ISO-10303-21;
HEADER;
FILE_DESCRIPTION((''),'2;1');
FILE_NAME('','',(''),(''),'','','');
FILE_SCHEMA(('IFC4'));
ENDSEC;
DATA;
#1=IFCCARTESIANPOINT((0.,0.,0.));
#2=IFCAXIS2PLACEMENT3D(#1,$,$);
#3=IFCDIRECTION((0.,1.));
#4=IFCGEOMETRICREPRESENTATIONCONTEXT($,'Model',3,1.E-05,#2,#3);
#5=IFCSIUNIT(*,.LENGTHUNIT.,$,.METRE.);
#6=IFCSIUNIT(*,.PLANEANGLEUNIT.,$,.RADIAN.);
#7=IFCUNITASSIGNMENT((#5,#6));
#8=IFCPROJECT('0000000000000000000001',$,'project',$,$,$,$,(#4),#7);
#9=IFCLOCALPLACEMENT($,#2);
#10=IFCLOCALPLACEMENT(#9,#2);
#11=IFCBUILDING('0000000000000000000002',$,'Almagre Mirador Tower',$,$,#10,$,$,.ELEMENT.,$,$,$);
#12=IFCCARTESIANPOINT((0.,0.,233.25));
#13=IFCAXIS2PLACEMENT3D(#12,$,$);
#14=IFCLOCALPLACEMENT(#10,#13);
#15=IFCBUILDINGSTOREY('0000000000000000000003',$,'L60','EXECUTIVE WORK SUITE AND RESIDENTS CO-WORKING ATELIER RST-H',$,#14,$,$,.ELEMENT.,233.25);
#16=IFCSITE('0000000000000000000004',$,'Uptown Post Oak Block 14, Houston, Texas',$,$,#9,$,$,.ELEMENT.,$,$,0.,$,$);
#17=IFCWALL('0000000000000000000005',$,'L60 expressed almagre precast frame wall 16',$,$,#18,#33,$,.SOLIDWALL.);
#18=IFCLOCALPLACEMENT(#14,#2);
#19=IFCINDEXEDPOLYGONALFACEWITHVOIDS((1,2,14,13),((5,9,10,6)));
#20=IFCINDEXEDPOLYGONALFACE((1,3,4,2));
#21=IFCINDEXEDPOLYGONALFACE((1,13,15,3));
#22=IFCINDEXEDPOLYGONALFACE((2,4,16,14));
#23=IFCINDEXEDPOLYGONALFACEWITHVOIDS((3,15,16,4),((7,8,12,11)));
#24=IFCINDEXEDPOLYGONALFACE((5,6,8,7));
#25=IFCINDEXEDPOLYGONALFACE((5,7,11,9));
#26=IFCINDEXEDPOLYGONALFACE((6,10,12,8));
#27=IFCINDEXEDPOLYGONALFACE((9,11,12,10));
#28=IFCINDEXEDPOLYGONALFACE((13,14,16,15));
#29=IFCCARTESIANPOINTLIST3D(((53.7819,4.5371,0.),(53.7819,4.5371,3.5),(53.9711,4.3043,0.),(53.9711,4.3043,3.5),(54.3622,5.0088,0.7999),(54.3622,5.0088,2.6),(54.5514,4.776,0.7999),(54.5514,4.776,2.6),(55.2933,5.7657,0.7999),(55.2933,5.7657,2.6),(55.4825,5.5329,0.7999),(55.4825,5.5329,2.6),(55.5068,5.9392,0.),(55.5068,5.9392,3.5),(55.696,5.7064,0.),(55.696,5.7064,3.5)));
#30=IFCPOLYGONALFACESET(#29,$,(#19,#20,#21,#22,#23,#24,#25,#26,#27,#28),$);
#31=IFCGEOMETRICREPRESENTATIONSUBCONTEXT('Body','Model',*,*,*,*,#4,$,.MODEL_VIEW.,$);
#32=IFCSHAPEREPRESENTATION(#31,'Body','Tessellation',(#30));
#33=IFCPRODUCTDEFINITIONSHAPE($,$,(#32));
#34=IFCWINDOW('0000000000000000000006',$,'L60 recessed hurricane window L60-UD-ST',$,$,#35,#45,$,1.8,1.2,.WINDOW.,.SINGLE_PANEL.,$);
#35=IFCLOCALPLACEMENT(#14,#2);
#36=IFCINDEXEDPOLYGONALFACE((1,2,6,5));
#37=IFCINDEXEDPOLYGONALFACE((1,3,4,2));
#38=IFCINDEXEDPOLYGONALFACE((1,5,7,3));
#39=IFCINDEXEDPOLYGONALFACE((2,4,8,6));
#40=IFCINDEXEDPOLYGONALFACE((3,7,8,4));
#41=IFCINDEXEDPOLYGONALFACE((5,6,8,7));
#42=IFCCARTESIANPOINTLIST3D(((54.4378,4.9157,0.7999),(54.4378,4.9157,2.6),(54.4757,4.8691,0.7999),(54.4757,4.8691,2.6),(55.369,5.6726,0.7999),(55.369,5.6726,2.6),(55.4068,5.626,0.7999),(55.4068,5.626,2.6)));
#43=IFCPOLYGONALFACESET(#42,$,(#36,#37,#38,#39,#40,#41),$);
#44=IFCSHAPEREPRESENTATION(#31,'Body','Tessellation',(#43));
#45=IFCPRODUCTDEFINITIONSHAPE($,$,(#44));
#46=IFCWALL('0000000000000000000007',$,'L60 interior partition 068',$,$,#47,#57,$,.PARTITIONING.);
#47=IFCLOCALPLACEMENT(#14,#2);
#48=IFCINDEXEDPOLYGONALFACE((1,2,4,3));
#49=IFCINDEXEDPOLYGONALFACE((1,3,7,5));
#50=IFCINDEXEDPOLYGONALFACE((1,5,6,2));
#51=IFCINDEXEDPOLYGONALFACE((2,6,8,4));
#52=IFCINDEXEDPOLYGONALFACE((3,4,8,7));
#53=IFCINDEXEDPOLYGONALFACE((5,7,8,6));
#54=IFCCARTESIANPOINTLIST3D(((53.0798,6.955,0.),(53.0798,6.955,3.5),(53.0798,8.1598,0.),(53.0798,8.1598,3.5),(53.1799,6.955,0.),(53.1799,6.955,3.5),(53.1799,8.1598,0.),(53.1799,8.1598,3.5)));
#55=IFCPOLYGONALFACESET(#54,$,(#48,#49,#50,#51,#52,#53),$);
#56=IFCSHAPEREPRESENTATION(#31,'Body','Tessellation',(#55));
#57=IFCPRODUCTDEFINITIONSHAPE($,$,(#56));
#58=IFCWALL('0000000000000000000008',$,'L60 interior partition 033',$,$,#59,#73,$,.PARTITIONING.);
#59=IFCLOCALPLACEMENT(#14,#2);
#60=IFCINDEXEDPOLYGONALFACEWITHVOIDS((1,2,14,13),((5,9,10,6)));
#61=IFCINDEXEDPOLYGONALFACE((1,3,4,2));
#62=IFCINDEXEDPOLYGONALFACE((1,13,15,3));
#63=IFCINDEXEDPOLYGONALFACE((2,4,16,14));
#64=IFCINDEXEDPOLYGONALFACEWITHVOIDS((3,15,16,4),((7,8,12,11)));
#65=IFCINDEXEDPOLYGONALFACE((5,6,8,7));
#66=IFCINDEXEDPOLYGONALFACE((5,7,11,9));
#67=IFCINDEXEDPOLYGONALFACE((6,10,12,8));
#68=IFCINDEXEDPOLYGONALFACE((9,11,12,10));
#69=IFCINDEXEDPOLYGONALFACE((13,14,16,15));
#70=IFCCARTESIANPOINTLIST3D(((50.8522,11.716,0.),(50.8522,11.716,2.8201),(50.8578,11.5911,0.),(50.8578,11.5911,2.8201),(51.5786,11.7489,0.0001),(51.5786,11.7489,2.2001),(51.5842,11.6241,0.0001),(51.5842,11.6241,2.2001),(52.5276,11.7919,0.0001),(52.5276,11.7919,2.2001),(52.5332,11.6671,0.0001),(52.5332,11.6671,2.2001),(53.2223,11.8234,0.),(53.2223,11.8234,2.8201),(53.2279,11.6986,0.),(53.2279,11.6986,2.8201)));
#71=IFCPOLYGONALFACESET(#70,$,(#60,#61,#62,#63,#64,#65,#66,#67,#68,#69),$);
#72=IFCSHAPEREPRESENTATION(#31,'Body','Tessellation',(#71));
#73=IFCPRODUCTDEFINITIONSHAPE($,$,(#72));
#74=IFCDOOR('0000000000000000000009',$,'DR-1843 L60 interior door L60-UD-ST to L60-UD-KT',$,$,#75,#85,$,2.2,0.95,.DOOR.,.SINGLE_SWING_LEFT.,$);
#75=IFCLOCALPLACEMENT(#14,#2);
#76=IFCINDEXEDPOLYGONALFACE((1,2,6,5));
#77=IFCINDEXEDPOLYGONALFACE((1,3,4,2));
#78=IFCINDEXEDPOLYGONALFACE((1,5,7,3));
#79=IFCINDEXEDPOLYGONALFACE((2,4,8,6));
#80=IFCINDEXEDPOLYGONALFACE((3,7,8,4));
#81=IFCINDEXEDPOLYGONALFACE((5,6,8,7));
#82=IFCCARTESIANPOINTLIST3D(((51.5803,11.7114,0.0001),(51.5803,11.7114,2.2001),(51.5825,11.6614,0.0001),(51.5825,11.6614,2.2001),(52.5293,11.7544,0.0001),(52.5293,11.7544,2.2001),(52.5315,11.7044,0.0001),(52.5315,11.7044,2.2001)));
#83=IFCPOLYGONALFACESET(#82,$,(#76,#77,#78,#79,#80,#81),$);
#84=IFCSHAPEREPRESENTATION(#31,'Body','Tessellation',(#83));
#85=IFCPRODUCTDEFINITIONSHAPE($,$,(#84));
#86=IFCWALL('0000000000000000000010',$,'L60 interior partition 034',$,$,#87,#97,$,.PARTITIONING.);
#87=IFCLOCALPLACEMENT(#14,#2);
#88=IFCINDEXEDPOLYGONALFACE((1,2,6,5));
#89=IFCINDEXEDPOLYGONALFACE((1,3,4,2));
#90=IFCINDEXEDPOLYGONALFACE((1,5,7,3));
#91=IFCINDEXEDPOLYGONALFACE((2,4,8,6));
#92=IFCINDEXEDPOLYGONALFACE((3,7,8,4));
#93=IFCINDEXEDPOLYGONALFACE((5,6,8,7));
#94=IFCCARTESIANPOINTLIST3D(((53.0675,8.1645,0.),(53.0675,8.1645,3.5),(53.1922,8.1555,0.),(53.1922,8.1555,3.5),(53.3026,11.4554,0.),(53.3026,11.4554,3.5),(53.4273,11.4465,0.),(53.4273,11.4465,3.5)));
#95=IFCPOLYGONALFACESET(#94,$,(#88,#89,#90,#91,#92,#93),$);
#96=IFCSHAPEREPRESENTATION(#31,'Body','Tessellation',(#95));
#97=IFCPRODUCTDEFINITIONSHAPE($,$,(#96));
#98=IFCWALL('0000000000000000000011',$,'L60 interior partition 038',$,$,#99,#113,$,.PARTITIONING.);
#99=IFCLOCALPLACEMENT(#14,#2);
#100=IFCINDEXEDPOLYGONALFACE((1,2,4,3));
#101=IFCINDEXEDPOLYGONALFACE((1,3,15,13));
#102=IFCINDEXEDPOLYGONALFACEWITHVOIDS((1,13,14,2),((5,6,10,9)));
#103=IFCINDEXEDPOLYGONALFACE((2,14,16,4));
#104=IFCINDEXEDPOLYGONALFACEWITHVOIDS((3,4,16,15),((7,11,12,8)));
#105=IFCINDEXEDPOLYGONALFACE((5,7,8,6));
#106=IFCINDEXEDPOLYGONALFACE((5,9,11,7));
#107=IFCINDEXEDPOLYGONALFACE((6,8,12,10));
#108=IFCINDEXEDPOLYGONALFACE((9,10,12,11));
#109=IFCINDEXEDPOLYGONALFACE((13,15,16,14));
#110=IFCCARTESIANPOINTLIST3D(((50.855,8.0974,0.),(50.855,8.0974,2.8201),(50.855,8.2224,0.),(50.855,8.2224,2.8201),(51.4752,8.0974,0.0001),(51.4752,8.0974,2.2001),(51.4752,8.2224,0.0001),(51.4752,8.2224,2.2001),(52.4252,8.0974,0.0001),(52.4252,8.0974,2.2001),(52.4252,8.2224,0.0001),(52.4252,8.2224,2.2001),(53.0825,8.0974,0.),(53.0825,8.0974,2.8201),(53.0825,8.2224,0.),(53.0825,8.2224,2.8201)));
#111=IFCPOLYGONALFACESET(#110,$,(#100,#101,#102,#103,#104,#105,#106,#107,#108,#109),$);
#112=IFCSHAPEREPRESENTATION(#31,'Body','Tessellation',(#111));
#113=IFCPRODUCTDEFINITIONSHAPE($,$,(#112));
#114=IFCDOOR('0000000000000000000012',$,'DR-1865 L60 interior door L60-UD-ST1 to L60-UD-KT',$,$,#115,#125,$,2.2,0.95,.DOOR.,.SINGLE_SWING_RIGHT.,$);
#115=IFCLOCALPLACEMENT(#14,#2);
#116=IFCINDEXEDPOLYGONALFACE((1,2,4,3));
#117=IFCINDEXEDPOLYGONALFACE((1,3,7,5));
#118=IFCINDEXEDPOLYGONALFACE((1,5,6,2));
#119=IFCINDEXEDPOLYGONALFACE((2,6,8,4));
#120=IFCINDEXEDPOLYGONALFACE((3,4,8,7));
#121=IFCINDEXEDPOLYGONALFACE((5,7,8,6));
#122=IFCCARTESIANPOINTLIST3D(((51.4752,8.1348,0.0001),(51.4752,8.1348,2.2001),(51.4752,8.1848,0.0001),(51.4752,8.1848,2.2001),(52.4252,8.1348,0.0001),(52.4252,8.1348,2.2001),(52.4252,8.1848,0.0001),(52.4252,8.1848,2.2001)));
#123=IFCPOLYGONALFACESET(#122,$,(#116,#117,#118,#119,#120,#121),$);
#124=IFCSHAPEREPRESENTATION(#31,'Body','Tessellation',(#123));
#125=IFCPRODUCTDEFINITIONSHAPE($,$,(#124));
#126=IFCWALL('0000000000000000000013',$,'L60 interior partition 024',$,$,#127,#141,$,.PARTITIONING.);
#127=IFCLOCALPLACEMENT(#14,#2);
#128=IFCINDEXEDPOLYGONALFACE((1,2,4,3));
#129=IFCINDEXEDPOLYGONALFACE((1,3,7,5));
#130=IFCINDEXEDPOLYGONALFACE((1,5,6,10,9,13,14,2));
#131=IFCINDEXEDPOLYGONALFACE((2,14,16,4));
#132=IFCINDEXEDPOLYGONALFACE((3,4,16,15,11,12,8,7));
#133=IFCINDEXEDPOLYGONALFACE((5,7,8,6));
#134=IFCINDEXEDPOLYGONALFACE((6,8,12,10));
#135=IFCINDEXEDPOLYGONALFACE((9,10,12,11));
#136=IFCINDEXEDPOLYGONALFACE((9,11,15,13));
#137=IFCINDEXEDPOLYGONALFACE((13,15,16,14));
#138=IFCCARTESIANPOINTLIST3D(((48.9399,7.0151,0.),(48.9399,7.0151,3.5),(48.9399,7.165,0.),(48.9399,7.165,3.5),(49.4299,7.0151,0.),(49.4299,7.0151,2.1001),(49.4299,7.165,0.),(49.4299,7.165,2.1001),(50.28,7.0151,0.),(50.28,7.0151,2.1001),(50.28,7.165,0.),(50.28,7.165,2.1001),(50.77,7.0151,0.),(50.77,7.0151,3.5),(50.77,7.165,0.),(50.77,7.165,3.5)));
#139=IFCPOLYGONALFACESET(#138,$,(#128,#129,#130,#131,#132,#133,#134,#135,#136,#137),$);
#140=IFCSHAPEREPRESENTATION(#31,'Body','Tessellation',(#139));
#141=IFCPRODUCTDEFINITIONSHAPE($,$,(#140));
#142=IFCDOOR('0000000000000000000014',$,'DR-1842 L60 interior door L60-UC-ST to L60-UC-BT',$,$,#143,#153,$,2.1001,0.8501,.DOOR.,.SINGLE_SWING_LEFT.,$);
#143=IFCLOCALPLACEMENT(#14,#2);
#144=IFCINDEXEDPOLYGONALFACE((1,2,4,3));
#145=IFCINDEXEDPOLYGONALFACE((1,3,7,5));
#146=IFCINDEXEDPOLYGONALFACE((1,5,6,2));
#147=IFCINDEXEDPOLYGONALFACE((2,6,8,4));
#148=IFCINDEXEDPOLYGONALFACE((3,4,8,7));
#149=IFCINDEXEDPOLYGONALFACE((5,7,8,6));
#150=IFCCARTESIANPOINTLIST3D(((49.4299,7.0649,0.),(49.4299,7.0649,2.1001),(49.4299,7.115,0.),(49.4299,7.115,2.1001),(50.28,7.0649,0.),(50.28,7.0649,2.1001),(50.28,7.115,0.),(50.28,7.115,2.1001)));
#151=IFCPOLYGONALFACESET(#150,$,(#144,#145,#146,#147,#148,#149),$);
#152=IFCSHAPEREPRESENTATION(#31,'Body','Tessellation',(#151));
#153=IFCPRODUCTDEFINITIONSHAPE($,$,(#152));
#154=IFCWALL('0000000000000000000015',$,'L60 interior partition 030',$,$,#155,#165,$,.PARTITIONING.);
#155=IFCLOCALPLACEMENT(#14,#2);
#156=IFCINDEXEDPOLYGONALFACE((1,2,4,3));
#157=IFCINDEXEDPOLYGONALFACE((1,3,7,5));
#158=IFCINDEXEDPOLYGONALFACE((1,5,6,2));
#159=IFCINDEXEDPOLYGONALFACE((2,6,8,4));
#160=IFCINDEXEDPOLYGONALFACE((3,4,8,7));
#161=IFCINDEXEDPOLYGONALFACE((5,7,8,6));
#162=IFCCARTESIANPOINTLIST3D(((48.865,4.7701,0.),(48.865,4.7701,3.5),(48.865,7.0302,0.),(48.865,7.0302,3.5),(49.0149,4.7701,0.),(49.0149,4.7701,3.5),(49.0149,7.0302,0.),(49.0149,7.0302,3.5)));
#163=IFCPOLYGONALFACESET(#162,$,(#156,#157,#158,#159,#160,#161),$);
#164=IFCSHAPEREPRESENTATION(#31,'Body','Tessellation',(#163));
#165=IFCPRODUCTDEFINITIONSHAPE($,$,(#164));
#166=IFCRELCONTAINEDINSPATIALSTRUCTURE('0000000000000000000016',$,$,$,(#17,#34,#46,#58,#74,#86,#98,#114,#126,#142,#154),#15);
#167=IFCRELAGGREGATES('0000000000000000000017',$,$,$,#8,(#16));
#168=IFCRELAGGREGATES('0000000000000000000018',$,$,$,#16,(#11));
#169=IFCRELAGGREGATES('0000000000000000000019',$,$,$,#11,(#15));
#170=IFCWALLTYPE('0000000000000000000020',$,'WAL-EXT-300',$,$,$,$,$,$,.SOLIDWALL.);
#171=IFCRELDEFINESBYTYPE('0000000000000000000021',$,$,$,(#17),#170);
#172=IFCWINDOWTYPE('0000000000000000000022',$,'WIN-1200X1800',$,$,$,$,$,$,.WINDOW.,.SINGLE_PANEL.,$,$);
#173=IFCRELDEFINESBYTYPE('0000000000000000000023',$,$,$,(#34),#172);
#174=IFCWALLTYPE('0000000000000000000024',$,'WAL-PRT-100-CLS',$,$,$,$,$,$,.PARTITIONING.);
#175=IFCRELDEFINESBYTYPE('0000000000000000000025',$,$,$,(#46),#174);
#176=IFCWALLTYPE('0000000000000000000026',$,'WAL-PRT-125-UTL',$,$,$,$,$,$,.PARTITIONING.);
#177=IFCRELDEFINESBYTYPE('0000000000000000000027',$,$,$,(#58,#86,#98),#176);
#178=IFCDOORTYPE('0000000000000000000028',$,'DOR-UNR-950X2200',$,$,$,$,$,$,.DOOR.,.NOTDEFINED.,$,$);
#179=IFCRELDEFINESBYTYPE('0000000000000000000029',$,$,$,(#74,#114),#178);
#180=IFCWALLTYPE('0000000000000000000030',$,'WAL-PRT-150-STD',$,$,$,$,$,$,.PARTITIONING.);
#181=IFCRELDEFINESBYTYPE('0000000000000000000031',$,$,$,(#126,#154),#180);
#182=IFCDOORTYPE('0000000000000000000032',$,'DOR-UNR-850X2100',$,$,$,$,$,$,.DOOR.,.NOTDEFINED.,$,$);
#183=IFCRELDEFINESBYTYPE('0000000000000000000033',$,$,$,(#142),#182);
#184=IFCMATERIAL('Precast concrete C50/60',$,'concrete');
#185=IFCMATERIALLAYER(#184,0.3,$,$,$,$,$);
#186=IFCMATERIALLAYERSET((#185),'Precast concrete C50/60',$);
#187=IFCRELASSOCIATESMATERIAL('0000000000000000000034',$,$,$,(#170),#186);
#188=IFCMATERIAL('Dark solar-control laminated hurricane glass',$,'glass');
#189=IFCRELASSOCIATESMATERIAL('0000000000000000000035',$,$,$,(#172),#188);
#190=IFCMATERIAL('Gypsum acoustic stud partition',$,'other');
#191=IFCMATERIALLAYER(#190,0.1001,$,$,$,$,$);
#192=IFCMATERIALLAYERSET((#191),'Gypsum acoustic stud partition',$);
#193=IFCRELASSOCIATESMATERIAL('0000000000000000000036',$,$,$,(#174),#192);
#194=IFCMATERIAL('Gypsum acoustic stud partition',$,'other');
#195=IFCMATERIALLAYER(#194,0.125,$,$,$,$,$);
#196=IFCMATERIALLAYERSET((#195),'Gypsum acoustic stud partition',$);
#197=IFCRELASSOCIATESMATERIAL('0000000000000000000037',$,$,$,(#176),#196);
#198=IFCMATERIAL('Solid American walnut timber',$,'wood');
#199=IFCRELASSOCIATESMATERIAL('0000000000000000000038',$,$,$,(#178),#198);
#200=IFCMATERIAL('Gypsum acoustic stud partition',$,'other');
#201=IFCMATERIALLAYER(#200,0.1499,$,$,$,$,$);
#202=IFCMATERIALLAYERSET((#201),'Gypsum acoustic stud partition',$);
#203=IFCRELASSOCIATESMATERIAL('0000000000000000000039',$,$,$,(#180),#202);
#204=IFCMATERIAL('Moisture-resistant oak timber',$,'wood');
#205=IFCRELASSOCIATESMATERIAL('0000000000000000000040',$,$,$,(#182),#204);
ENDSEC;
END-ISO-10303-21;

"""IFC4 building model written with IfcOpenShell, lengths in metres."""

from ifc_helpers import new_model, si_unit, direction, frame, frame_2d, origin, place, context, subcontext, project, spatial, rectangle, extrude, material, layer, layer_set, type_object, element, fill, save


model = new_model("IFC4")

# Units and contexts
model_context = context("Model", 3, precision=1e-05, world=origin(), true_north=direction((0.0, 1.0)))
body_context = subcontext(model_context, "Body", "Model", "MODEL_VIEW")
ifc_project = project(units=[si_unit("LENGTHUNIT", "METRE"), si_unit("PLANEANGLEUNIT", "RADIAN")], contexts=[model_context])

# Site, building, storey
site_placement = place(None, origin())
site = spatial("IfcSite", under=ifc_project, at=site_placement, Name="Uptown Post Oak Block 14, Houston, Texas", CompositionType="ELEMENT", RefElevation=0.0)
building_placement = place(site_placement, origin())
building = spatial("IfcBuilding", under=site, at=building_placement, Name="Almagre Mirador Tower", CompositionType="ELEMENT")
storey_placement = place(building_placement, frame((0.0, 0.0, 233.25)))
storey = spatial("IfcBuildingStorey", under=building, at=storey_placement, Name="L60", Description="EXECUTIVE WORK SUITE AND RESIDENTS CO-WORKING ATELIER RST-H", CompositionType="ELEMENT", Elevation=233.25)

# Shared definitions
ifc_material_1 = material(Name="Precast concrete C50/60", Category="concrete")
ifc_layer_1 = layer(ifc_material_1, 0.3)
ifc_layer_set_1 = layer_set([ifc_layer_1], Name="Precast concrete C50/60")
wall_type_1 = type_object("IfcWallType", Name="WAL-EXT-300", PredefinedType="SOLIDWALL", material=ifc_layer_set_1)

# Wall, opening, window
wall_1_placement = place(storey_placement, frame((55.6013, 5.8228, 0.0), z_axis=(0.0, 0.0, 1.0), x_axis=(-0.77597, -0.63077, 0.0)))
wall_1 = element("IfcWall", 1, at=wall_1_placement, inside=storey, type_object=wall_type_1, Name="L60 expressed almagre precast frame wall 16", PredefinedType="SOLIDWALL", context=body_context, shape_type="SweptSolid", body=[
    extrude(rectangle(XDim=2.2229, YDim=0.3, at=frame_2d((1.1113, 0.0))), origin(), (0.0, 0.0, 1.0), 3.5),
])
opening_1_placement = place(wall_1_placement, frame((0.2749, 0.0, 0.8)))
opening_1 = element("IfcOpeningElement", 2, at=opening_1_placement, cuts=wall_1, PredefinedType="OPENING", context=body_context, shape_type="SweptSolid", body=[
    extrude(rectangle(XDim=1.2, YDim=1.8, at=frame_2d((0.6001, 0.8999))), frame((0.0, 0.1599, 0.0), z_axis=(0.0, -1.0, 0.0), x_axis=(1.0, 0.0, 0.0)), (0.0, 0.0, 1.0), 0.32),
])
ifc_material_2 = material(Name="Dark solar-control laminated hurricane glass", Category="glass")
window_type_1 = type_object("IfcWindowType", Name="WIN-1200X1800", PartitioningType="SINGLE_PANEL", PredefinedType="WINDOW", material=ifc_material_2)
window_1_placement = place(opening_1_placement, origin())
window_1 = element("IfcWindow", 3, at=window_1_placement, inside=storey, type_object=window_type_1, Name="L60 recessed hurricane window L60-UD-ST", OverallHeight=1.8, OverallWidth=1.2, PartitioningType="SINGLE_PANEL", PredefinedType="WINDOW", context=body_context, shape_type="SweptSolid", body=[
    extrude(rectangle(XDim=1.2, YDim=1.8, at=frame_2d((0.6001, 0.8999))), frame((0.0, 0.03, 0.0), z_axis=(0.0, -1.0, 0.0), x_axis=(1.0, 0.0, 0.0)), (0.0, 0.0, 1.0), 0.0601),
])
fill(opening_1, window_1)

# Wall
ifc_material_3 = material(Name="Gypsum acoustic stud partition", Category="other")
ifc_layer_2 = layer(ifc_material_3, 0.1001)
ifc_layer_set_2 = layer_set([ifc_layer_2], Name="Gypsum acoustic stud partition")
wall_type_2 = type_object("IfcWallType", Name="WAL-PRT-100-CLS", PredefinedType="PARTITIONING", material=ifc_layer_set_2)
wall_2_placement = place(storey_placement, frame((53.1299, 8.1599, 0.0), z_axis=(0.0, 0.0, 1.0), x_axis=(0.0, -1.0, 0.0)))
element("IfcWall", 4, at=wall_2_placement, inside=storey, type_object=wall_type_2, Name="L60 interior partition 068", PredefinedType="PARTITIONING", context=body_context, shape_type="SweptSolid", body=[
    extrude(rectangle(XDim=1.2048, YDim=0.1001, at=frame_2d((0.6025, 0.0))), origin(), (0.0, 0.0, 1.0), 3.5),
])

# Wall, opening, door
ifc_material_4 = material(Name="Gypsum acoustic stud partition", Category="other")
ifc_layer_3 = layer(ifc_material_4, 0.125)
ifc_layer_set_3 = layer_set([ifc_layer_3], Name="Gypsum acoustic stud partition")
wall_type_3 = type_object("IfcWallType", Name="WAL-PRT-125-UTL", PredefinedType="PARTITIONING", material=ifc_layer_set_3)
wall_3_placement = place(storey_placement, frame((50.855, 11.6536, 0.0), z_axis=(0.0, 0.0, 1.0), x_axis=(0.998974, 0.045277, 0.0)))
wall_3 = element("IfcWall", 5, at=wall_3_placement, inside=storey, type_object=wall_type_3, Name="L60 interior partition 033", PredefinedType="PARTITIONING", context=body_context, shape_type="SweptSolid", body=[
    extrude(rectangle(XDim=2.3726, YDim=0.125, at=frame_2d((1.1863, 0.0))), origin(), (0.0, 0.0, 1.0), 2.8201),
])
opening_2_placement = place(wall_3_placement, frame((0.7271, 0.0, 0.0)))
opening_2 = element("IfcOpeningElement", 6, at=opening_2_placement, cuts=wall_3, PredefinedType="OPENING", context=body_context, shape_type="SweptSolid", body=[
    extrude(rectangle(XDim=0.95, YDim=2.2, at=frame_2d((0.4751, 1.1001))), frame((0.0, 0.0725, 0.0), z_axis=(0.0, -1.0, 0.0), x_axis=(1.0, 0.0, 0.0)), (0.0, 0.0, 1.0), 0.145),
])
ifc_material_5 = material(Name="Solid American walnut timber", Category="wood")
door_type_1 = type_object("IfcDoorType", Name="DOR-UNR-950X2200", OperationType="NOTDEFINED", PredefinedType="DOOR", material=ifc_material_5)
door_1_placement = place(opening_2_placement, origin())
door_1 = element("IfcDoor", 7, at=door_1_placement, inside=storey, type_object=door_type_1, Name="DR-1843 L60 interior door L60-UD-ST to L60-UD-KT", OperationType="SINGLE_SWING_LEFT", OverallHeight=2.2, OverallWidth=0.95, PredefinedType="DOOR", context=body_context, shape_type="SweptSolid", body=[
    extrude(rectangle(XDim=0.95, YDim=2.2, at=frame_2d((0.4751, 1.1001))), frame((0.0, 0.0249, 0.0), z_axis=(0.0, -1.0, 0.0), x_axis=(1.0, 0.0, 0.0)), (0.0, 0.0, 1.0), 0.05),
])
fill(opening_2, door_1)

# Wall
wall_4_placement = place(storey_placement, frame((53.365, 11.4509, 0.0), z_axis=(0.0, 0.0, 1.0), x_axis=(-0.071258, -0.997458, 0.0)))
element("IfcWall", 8, at=wall_4_placement, inside=storey, type_object=wall_type_3, Name="L60 interior partition 034", PredefinedType="PARTITIONING", context=body_context, shape_type="SweptSolid", body=[
    extrude(rectangle(XDim=3.2993, YDim=0.125, at=frame_2d((1.6497, 0.0))), origin(), (0.0, 0.0, 1.0), 3.5),
])

# Walls, openings, doors
wall_5_placement = place(storey_placement, frame((50.855, 8.1599, 0.0), z_axis=(0.0, 0.0, 1.0), x_axis=(1.0, 0.0, 0.0)))
wall_5 = element("IfcWall", 9, at=wall_5_placement, inside=storey, type_object=wall_type_3, Name="L60 interior partition 038", PredefinedType="PARTITIONING", context=body_context, shape_type="SweptSolid", body=[
    extrude(rectangle(XDim=2.2275, YDim=0.125, at=frame_2d((1.1138, 0.0))), origin(), (0.0, 0.0, 1.0), 2.8201),
])
opening_3_placement = place(wall_5_placement, frame((0.6201, 0.0, 0.0)))
opening_3 = element("IfcOpeningElement", 10, at=opening_3_placement, cuts=wall_5, PredefinedType="OPENING", context=body_context, shape_type="SweptSolid", body=[
    extrude(rectangle(XDim=0.95, YDim=2.2, at=frame_2d((0.4751, 1.1001))), frame((0.0, 0.0725, 0.0), z_axis=(0.0, -1.0, 0.0), x_axis=(1.0, 0.0, 0.0)), (0.0, 0.0, 1.0), 0.145),
])
door_2_placement = place(opening_3_placement, origin())
door_2 = element("IfcDoor", 11, at=door_2_placement, inside=storey, type_object=door_type_1, Name="DR-1865 L60 interior door L60-UD-ST1 to L60-UD-KT", OperationType="SINGLE_SWING_RIGHT", OverallHeight=2.2, OverallWidth=0.95, PredefinedType="DOOR", context=body_context, shape_type="SweptSolid", body=[
    extrude(rectangle(XDim=0.95, YDim=2.2, at=frame_2d((0.4751, 1.1001))), frame((0.0, 0.0249, 0.0), z_axis=(0.0, -1.0, 0.0), x_axis=(1.0, 0.0, 0.0)), (0.0, 0.0, 1.0), 0.05),
])
fill(opening_3, door_2)
ifc_material_6 = material(Name="Gypsum acoustic stud partition", Category="other")
ifc_layer_4 = layer(ifc_material_6, 0.1499)
ifc_layer_set_4 = layer_set([ifc_layer_4], Name="Gypsum acoustic stud partition")
wall_type_4 = type_object("IfcWallType", Name="WAL-PRT-150-STD", PredefinedType="PARTITIONING", material=ifc_layer_set_4)
wall_6_placement = place(storey_placement, frame((48.9399, 7.0901, 0.0), z_axis=(0.0, 0.0, 1.0), x_axis=(1.0, 0.0, 0.0)))
wall_6 = element("IfcWall", 12, at=wall_6_placement, inside=storey, type_object=wall_type_4, Name="L60 interior partition 024", PredefinedType="PARTITIONING", context=body_context, shape_type="SweptSolid", body=[
    extrude(rectangle(XDim=1.8301, YDim=0.1499, at=frame_2d((0.915, 0.0))), origin(), (0.0, 0.0, 1.0), 3.5),
])
opening_4_placement = place(wall_6_placement, frame((0.49, 0.0, 0.0)))
opening_4 = element("IfcOpeningElement", 13, at=opening_4_placement, cuts=wall_6, PredefinedType="OPENING", context=body_context, shape_type="SweptSolid", body=[
    extrude(rectangle(XDim=0.8501, YDim=2.1001, at=frame_2d((0.425, 1.05))), frame((0.0, 0.085, 0.0), z_axis=(0.0, -1.0, 0.0), x_axis=(1.0, 0.0, 0.0)), (0.0, 0.0, 1.0), 0.1699),
])
ifc_material_7 = material(Name="Moisture-resistant oak timber", Category="wood")
door_type_2 = type_object("IfcDoorType", Name="DOR-UNR-850X2100", OperationType="NOTDEFINED", PredefinedType="DOOR", material=ifc_material_7)
door_3_placement = place(opening_4_placement, origin())
door_3 = element("IfcDoor", 14, at=door_3_placement, inside=storey, type_object=door_type_2, Name="DR-1842 L60 interior door L60-UC-ST to L60-UC-BT", OperationType="SINGLE_SWING_LEFT", OverallHeight=2.1001, OverallWidth=0.8501, PredefinedType="DOOR", context=body_context, shape_type="SweptSolid", body=[
    extrude(rectangle(XDim=0.8501, YDim=2.1001, at=frame_2d((0.425, 1.05))), frame((0.0, 0.0249, 0.0), z_axis=(0.0, -1.0, 0.0), x_axis=(1.0, 0.0, 0.0)), (0.0, 0.0, 1.0), 0.05),
])
fill(opening_4, door_3)

# Wall
wall_7_placement = place(storey_placement, frame((48.9399, 7.03, 0.0), z_axis=(0.0, 0.0, 1.0), x_axis=(0.0, -1.0, 0.0)))
element("IfcWall", 15, at=wall_7_placement, inside=storey, type_object=wall_type_4, Name="L60 interior partition 030", PredefinedType="PARTITIONING", context=body_context, shape_type="SweptSolid", body=[
    extrude(rectangle(XDim=2.26, YDim=0.1499, at=frame_2d((1.1299, 0.0))), origin(), (0.0, 0.0, 1.0), 3.5),
])

save(model, "model.ifc")
